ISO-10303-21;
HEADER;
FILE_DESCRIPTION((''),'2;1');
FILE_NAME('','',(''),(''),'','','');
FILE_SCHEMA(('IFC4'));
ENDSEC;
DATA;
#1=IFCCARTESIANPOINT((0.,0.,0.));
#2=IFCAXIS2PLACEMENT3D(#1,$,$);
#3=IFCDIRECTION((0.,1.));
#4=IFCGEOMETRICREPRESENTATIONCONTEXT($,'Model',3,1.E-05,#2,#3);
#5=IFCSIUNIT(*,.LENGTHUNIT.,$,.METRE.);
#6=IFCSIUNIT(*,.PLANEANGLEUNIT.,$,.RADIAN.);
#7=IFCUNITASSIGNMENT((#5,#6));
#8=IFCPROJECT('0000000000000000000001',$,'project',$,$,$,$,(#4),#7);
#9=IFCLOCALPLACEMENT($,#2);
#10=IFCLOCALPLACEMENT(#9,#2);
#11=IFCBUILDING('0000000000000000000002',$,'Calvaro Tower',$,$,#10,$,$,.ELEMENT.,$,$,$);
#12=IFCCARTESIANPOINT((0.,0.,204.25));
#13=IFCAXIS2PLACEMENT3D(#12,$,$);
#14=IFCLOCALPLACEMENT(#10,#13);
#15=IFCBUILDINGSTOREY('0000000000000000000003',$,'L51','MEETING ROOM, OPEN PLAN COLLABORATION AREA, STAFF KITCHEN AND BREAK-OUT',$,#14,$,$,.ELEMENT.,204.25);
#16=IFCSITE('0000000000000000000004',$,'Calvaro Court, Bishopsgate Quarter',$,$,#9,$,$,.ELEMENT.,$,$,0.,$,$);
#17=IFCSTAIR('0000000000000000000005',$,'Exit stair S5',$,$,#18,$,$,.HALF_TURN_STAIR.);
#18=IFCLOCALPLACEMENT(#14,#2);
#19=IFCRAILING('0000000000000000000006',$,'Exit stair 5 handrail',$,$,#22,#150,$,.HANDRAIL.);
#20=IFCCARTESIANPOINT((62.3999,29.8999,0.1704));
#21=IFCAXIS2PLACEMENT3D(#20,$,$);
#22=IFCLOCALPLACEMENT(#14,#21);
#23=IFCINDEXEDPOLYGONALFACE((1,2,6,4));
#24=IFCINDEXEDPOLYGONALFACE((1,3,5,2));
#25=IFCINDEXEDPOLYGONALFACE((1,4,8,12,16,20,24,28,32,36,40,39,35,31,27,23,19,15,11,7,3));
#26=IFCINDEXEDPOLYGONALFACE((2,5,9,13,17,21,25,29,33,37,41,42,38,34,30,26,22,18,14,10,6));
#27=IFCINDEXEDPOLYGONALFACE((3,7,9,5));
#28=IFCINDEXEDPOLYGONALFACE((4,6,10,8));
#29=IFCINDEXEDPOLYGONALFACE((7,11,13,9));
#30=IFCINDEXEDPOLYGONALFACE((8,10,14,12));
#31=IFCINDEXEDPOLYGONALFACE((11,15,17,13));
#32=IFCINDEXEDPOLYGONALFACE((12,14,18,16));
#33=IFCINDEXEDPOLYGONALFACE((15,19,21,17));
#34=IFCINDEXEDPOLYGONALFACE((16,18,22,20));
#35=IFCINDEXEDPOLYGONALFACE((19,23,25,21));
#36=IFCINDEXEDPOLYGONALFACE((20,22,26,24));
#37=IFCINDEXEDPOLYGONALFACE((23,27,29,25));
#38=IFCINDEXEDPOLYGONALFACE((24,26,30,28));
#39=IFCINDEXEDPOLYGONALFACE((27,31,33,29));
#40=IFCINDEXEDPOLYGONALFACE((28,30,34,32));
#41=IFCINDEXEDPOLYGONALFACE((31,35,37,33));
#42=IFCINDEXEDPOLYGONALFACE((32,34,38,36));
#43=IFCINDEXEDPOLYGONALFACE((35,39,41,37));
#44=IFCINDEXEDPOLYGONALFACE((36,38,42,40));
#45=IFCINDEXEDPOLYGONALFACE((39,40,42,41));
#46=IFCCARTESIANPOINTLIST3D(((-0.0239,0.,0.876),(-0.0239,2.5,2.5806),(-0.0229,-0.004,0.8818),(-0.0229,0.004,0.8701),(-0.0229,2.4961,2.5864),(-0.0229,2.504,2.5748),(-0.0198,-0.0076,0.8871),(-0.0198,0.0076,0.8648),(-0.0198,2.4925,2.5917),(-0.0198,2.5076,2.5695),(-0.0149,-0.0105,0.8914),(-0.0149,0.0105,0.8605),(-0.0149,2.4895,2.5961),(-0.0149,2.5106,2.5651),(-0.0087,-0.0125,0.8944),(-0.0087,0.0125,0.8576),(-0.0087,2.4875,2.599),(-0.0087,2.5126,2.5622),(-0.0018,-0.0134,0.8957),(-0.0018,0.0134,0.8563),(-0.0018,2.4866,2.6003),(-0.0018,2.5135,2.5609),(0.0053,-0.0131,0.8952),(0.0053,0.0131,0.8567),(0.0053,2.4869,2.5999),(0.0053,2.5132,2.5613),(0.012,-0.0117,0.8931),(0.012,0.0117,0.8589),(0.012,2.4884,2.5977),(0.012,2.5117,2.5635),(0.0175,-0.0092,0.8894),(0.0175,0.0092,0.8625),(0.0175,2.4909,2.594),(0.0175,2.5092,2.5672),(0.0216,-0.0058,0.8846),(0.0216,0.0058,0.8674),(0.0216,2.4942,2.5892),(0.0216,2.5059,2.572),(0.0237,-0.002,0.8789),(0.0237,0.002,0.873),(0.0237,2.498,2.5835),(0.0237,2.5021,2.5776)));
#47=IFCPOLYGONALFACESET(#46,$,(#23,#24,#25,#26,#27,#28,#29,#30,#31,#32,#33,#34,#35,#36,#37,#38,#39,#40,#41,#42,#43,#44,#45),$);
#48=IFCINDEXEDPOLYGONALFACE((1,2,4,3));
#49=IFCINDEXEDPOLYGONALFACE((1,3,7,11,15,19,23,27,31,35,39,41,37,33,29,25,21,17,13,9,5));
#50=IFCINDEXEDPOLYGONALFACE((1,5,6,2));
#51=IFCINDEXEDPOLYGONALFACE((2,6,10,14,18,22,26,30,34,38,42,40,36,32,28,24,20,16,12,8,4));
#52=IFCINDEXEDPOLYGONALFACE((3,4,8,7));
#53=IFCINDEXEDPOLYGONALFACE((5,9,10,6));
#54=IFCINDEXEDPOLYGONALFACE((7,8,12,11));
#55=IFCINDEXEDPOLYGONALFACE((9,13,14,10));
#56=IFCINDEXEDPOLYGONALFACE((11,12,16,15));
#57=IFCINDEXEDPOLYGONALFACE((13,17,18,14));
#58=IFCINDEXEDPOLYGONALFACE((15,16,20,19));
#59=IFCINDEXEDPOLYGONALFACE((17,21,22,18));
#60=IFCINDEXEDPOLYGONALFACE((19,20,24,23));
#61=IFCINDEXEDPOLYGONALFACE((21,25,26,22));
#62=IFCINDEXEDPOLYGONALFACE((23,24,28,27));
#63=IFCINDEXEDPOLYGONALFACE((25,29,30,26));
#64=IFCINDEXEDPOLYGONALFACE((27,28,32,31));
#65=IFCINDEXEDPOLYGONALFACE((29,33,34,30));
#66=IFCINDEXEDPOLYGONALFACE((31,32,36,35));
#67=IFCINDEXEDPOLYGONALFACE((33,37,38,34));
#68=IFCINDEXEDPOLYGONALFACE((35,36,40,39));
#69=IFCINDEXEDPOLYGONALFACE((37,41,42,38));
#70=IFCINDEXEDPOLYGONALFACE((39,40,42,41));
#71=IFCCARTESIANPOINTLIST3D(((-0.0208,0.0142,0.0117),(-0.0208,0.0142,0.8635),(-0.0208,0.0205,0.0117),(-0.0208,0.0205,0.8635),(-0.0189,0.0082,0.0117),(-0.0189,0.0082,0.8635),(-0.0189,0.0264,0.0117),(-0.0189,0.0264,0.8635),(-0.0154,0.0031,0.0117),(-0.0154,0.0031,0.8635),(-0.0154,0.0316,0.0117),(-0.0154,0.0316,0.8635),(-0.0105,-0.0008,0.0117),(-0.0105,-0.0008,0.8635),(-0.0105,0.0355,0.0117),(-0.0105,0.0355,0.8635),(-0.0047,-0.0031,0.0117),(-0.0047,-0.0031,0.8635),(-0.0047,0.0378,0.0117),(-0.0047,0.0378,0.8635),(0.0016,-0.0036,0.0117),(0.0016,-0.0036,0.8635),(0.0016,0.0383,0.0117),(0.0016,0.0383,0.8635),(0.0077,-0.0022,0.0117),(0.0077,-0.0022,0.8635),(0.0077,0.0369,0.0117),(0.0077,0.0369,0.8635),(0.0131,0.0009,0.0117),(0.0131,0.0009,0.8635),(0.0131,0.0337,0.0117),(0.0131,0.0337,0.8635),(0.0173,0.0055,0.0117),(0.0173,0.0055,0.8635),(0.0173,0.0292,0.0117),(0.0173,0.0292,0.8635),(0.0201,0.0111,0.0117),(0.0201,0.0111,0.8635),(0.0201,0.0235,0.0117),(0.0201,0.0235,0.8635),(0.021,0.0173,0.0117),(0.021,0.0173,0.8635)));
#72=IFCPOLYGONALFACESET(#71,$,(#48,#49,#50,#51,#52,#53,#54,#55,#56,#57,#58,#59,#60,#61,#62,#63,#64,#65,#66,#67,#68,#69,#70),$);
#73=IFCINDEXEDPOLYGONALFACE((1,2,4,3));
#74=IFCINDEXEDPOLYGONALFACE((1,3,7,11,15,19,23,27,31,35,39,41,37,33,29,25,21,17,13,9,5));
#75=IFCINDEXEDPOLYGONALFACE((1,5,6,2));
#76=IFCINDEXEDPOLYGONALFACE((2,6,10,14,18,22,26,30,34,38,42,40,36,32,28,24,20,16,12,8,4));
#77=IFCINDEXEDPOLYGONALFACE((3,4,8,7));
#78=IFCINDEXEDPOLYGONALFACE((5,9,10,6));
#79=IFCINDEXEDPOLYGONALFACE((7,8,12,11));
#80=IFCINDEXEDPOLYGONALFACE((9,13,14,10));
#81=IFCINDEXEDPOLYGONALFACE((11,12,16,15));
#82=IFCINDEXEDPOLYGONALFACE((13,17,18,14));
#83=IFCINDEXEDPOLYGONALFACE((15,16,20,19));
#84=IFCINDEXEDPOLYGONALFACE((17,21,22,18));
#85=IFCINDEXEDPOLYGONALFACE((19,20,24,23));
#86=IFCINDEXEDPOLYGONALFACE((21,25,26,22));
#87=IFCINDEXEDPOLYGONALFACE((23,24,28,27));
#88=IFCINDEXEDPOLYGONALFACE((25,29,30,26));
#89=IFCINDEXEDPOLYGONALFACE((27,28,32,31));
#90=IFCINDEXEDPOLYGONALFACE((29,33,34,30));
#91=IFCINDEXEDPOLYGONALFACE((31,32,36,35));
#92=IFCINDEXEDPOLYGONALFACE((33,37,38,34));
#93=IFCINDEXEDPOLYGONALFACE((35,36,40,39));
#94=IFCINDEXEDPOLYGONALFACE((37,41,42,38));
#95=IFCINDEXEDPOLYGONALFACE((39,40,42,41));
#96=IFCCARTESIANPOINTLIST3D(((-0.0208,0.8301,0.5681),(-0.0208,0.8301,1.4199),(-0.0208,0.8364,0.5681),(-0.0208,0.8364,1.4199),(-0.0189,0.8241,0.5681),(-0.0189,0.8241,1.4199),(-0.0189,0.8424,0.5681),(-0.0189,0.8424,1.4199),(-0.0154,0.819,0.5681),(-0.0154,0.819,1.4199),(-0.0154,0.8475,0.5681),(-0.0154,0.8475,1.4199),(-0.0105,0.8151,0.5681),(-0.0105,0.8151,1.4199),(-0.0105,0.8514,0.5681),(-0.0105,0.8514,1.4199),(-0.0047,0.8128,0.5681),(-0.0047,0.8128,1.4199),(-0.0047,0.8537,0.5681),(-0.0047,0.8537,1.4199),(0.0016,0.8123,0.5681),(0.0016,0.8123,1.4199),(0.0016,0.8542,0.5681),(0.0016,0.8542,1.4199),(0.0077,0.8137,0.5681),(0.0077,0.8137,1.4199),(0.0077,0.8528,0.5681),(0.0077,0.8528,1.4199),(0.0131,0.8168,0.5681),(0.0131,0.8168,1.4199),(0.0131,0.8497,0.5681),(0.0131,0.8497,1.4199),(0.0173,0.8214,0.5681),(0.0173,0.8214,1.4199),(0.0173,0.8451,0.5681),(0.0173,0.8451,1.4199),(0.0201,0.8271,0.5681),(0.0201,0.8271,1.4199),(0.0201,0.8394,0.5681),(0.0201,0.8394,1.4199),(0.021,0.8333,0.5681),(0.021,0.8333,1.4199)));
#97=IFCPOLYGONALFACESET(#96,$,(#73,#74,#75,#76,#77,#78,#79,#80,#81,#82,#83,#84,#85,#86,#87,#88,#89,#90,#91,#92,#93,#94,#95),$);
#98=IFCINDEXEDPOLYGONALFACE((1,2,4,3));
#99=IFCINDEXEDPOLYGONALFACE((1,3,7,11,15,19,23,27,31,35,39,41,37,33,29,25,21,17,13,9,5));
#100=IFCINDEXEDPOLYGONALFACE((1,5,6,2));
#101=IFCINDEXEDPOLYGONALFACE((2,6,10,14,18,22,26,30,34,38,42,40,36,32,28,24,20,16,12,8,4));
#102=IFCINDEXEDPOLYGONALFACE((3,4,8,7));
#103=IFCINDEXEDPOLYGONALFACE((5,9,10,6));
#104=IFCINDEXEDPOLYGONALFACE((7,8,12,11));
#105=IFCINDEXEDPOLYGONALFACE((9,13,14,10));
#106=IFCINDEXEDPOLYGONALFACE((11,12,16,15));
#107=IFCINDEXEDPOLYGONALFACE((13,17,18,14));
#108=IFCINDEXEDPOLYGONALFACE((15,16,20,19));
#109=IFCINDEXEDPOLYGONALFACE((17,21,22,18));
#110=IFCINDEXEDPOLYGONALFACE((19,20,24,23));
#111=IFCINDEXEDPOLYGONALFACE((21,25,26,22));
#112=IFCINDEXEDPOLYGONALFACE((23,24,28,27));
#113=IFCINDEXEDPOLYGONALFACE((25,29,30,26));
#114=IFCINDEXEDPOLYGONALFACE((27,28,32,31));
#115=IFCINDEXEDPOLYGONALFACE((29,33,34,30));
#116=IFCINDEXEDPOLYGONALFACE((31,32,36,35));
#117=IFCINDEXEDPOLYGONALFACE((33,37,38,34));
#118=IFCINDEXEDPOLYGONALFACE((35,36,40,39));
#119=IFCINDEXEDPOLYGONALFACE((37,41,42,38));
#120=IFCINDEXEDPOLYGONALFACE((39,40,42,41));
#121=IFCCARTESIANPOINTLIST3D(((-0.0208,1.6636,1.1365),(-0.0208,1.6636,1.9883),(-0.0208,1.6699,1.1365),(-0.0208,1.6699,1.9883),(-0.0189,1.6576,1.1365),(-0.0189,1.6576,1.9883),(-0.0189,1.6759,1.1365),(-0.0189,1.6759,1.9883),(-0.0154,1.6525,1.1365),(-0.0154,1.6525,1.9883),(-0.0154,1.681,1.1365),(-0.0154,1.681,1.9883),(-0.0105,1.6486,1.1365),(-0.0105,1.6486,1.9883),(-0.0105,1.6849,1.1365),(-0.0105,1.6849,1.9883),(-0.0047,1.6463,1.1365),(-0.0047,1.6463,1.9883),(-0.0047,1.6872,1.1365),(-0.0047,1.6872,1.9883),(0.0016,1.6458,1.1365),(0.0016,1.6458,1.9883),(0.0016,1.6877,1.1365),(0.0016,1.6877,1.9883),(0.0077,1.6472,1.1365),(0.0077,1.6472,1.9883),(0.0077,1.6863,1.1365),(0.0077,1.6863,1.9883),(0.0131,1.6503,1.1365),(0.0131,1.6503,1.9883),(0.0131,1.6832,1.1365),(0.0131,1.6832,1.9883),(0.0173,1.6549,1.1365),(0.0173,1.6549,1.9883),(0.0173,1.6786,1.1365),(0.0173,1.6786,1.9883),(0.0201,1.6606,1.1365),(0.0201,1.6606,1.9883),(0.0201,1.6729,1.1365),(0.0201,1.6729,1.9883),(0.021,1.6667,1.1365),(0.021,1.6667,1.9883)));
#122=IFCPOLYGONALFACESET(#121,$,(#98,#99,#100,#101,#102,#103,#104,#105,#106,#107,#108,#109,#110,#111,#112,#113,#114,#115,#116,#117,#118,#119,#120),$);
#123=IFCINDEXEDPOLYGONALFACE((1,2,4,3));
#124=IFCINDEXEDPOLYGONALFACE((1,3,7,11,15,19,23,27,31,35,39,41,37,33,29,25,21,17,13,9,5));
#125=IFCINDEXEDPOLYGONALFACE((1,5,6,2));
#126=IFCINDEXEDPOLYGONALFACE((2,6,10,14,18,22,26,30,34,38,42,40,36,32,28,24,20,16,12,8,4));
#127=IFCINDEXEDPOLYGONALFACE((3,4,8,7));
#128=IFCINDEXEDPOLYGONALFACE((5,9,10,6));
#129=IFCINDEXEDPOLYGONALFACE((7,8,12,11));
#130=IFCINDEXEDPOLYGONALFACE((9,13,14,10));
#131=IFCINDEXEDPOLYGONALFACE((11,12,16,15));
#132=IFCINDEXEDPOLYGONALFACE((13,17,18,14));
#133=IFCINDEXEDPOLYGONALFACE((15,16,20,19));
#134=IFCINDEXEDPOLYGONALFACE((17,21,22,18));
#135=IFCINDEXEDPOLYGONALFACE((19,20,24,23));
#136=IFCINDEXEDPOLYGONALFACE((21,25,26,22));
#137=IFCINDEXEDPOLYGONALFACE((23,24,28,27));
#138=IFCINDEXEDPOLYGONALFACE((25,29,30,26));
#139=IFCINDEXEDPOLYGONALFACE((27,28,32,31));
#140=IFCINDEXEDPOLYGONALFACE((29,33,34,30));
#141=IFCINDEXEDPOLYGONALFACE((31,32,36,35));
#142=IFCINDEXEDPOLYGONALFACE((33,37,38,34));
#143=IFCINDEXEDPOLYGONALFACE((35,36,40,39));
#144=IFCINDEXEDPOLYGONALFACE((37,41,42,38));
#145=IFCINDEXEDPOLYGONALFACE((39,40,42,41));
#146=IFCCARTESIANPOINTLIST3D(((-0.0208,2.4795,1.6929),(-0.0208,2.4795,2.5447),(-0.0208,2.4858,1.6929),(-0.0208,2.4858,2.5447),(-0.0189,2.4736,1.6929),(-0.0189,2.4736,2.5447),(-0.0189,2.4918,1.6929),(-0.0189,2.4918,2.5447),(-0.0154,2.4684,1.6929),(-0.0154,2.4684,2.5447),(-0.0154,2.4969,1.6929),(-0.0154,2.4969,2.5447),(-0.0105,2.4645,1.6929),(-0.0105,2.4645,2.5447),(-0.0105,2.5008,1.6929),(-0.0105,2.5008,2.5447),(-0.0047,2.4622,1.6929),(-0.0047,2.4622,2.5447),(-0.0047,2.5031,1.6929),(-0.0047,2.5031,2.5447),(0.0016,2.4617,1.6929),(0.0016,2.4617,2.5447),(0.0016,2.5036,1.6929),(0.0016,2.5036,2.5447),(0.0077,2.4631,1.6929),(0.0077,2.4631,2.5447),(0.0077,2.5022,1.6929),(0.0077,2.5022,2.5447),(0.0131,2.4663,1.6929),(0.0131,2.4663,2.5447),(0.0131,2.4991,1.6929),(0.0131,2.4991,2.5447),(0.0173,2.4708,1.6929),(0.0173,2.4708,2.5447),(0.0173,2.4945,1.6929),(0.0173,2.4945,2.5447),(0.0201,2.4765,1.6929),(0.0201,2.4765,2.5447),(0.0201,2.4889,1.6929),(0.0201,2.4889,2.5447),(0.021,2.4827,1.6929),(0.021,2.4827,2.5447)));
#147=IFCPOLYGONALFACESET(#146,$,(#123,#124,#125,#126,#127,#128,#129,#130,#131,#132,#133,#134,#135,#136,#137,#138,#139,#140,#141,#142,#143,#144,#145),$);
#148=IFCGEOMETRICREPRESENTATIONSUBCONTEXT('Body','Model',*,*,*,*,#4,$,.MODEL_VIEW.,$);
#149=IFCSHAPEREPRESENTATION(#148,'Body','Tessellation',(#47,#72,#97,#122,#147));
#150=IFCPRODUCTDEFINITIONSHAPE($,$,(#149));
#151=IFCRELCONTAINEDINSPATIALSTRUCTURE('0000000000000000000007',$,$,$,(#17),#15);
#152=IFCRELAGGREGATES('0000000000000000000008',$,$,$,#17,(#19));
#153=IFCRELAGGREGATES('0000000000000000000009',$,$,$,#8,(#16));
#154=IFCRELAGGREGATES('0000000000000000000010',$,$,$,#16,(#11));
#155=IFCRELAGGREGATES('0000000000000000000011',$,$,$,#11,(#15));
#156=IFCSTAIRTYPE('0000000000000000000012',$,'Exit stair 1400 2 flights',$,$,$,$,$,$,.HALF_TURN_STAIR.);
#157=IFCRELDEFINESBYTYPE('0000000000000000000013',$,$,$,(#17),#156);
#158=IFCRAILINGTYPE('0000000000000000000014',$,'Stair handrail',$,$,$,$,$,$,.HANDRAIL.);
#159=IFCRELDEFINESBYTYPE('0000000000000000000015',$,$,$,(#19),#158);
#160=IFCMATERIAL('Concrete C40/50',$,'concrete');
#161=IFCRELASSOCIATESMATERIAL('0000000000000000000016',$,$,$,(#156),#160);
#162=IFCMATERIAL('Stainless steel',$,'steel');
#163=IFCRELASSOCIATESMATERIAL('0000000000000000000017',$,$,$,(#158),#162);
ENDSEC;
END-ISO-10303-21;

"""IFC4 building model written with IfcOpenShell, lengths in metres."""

from ifc_helpers import new_model, si_unit, direction, frame, origin, origin_2d, place, context, subcontext, project, spatial, circle, extrude, material, type_object, element, aggregate, save


model = new_model("IFC4")

# Units and contexts
model_context = context("Model", 3, precision=1e-05, world=origin(), true_north=direction((0.0, 1.0)))
body_context = subcontext(model_context, "Body", "Model", "MODEL_VIEW")
ifc_project = project(units=[si_unit("LENGTHUNIT", "METRE"), si_unit("PLANEANGLEUNIT", "RADIAN")], contexts=[model_context])

# Site, building, storey
site_placement = place(None, origin())
site = spatial("IfcSite", under=ifc_project, at=site_placement, Name="Calvaro Court, Bishopsgate Quarter", CompositionType="ELEMENT", RefElevation=0.0)
building_placement = place(site_placement, origin())
building = spatial("IfcBuilding", under=site, at=building_placement, Name="Calvaro Tower", CompositionType="ELEMENT")
storey_placement = place(building_placement, frame((0.0, 0.0, 204.25)))
storey = spatial("IfcBuildingStorey", under=building, at=storey_placement, Name="L51", Description="MEETING ROOM, OPEN PLAN COLLABORATION AREA, STAFF KITCHEN AND BREAK-OUT", CompositionType="ELEMENT", Elevation=204.25)

# Stair
ifc_material_1 = material(Name="Concrete C40/50", Category="concrete")
stair_type = type_object("IfcStairType", Name="Exit stair 1400 2 flights", PredefinedType="HALF_TURN_STAIR", material=ifc_material_1)
stair_1_placement = place(storey_placement, origin())
stair_1 = element("IfcStair", 1, at=stair_1_placement, inside=storey, type_object=stair_type, Name="Exit stair S5", PredefinedType="HALF_TURN_STAIR")

# Railing
ifc_material_2 = material(Name="Stainless steel", Category="steel")
railing_type = type_object("IfcRailingType", Name="Stair handrail", PredefinedType="HANDRAIL", material=ifc_material_2)
railing_1_placement = place(storey_placement, frame((62.3999, 29.8999, 0.1704)))
railing_1 = element("IfcRailing", 2, at=railing_1_placement, type_object=railing_type, Name="Exit stair 5 handrail", PredefinedType="HANDRAIL", context=body_context, shape_type="SweptSolid", body=[
    extrude(circle(Radius=0.0239, at=origin_2d()), frame((0.0, 0.0, 0.876), z_axis=(0.0, 0.826221, 0.563347), x_axis=(-1.0, 0.0, 0.0)), (0.0, 0.0, 1.0), 3.0259),
    extrude(circle(Radius=0.021, at=origin_2d()), frame((0.0, 0.0173, 0.0117)), (0.0, 0.0, 1.0), 0.8518),
    extrude(circle(Radius=0.021, at=origin_2d()), frame((0.0, 0.8333, 0.5681)), (0.0, 0.0, 1.0), 0.8518),
    extrude(circle(Radius=0.021, at=origin_2d()), frame((0.0, 1.6667, 1.1365)), (0.0, 0.0, 1.0), 0.8518),
    extrude(circle(Radius=0.021, at=origin_2d()), frame((0.0, 2.4827, 1.6929)), (0.0, 0.0, 1.0), 0.8518),
])
aggregate(stair_1, [railing_1])

save(model, "model.ifc")
